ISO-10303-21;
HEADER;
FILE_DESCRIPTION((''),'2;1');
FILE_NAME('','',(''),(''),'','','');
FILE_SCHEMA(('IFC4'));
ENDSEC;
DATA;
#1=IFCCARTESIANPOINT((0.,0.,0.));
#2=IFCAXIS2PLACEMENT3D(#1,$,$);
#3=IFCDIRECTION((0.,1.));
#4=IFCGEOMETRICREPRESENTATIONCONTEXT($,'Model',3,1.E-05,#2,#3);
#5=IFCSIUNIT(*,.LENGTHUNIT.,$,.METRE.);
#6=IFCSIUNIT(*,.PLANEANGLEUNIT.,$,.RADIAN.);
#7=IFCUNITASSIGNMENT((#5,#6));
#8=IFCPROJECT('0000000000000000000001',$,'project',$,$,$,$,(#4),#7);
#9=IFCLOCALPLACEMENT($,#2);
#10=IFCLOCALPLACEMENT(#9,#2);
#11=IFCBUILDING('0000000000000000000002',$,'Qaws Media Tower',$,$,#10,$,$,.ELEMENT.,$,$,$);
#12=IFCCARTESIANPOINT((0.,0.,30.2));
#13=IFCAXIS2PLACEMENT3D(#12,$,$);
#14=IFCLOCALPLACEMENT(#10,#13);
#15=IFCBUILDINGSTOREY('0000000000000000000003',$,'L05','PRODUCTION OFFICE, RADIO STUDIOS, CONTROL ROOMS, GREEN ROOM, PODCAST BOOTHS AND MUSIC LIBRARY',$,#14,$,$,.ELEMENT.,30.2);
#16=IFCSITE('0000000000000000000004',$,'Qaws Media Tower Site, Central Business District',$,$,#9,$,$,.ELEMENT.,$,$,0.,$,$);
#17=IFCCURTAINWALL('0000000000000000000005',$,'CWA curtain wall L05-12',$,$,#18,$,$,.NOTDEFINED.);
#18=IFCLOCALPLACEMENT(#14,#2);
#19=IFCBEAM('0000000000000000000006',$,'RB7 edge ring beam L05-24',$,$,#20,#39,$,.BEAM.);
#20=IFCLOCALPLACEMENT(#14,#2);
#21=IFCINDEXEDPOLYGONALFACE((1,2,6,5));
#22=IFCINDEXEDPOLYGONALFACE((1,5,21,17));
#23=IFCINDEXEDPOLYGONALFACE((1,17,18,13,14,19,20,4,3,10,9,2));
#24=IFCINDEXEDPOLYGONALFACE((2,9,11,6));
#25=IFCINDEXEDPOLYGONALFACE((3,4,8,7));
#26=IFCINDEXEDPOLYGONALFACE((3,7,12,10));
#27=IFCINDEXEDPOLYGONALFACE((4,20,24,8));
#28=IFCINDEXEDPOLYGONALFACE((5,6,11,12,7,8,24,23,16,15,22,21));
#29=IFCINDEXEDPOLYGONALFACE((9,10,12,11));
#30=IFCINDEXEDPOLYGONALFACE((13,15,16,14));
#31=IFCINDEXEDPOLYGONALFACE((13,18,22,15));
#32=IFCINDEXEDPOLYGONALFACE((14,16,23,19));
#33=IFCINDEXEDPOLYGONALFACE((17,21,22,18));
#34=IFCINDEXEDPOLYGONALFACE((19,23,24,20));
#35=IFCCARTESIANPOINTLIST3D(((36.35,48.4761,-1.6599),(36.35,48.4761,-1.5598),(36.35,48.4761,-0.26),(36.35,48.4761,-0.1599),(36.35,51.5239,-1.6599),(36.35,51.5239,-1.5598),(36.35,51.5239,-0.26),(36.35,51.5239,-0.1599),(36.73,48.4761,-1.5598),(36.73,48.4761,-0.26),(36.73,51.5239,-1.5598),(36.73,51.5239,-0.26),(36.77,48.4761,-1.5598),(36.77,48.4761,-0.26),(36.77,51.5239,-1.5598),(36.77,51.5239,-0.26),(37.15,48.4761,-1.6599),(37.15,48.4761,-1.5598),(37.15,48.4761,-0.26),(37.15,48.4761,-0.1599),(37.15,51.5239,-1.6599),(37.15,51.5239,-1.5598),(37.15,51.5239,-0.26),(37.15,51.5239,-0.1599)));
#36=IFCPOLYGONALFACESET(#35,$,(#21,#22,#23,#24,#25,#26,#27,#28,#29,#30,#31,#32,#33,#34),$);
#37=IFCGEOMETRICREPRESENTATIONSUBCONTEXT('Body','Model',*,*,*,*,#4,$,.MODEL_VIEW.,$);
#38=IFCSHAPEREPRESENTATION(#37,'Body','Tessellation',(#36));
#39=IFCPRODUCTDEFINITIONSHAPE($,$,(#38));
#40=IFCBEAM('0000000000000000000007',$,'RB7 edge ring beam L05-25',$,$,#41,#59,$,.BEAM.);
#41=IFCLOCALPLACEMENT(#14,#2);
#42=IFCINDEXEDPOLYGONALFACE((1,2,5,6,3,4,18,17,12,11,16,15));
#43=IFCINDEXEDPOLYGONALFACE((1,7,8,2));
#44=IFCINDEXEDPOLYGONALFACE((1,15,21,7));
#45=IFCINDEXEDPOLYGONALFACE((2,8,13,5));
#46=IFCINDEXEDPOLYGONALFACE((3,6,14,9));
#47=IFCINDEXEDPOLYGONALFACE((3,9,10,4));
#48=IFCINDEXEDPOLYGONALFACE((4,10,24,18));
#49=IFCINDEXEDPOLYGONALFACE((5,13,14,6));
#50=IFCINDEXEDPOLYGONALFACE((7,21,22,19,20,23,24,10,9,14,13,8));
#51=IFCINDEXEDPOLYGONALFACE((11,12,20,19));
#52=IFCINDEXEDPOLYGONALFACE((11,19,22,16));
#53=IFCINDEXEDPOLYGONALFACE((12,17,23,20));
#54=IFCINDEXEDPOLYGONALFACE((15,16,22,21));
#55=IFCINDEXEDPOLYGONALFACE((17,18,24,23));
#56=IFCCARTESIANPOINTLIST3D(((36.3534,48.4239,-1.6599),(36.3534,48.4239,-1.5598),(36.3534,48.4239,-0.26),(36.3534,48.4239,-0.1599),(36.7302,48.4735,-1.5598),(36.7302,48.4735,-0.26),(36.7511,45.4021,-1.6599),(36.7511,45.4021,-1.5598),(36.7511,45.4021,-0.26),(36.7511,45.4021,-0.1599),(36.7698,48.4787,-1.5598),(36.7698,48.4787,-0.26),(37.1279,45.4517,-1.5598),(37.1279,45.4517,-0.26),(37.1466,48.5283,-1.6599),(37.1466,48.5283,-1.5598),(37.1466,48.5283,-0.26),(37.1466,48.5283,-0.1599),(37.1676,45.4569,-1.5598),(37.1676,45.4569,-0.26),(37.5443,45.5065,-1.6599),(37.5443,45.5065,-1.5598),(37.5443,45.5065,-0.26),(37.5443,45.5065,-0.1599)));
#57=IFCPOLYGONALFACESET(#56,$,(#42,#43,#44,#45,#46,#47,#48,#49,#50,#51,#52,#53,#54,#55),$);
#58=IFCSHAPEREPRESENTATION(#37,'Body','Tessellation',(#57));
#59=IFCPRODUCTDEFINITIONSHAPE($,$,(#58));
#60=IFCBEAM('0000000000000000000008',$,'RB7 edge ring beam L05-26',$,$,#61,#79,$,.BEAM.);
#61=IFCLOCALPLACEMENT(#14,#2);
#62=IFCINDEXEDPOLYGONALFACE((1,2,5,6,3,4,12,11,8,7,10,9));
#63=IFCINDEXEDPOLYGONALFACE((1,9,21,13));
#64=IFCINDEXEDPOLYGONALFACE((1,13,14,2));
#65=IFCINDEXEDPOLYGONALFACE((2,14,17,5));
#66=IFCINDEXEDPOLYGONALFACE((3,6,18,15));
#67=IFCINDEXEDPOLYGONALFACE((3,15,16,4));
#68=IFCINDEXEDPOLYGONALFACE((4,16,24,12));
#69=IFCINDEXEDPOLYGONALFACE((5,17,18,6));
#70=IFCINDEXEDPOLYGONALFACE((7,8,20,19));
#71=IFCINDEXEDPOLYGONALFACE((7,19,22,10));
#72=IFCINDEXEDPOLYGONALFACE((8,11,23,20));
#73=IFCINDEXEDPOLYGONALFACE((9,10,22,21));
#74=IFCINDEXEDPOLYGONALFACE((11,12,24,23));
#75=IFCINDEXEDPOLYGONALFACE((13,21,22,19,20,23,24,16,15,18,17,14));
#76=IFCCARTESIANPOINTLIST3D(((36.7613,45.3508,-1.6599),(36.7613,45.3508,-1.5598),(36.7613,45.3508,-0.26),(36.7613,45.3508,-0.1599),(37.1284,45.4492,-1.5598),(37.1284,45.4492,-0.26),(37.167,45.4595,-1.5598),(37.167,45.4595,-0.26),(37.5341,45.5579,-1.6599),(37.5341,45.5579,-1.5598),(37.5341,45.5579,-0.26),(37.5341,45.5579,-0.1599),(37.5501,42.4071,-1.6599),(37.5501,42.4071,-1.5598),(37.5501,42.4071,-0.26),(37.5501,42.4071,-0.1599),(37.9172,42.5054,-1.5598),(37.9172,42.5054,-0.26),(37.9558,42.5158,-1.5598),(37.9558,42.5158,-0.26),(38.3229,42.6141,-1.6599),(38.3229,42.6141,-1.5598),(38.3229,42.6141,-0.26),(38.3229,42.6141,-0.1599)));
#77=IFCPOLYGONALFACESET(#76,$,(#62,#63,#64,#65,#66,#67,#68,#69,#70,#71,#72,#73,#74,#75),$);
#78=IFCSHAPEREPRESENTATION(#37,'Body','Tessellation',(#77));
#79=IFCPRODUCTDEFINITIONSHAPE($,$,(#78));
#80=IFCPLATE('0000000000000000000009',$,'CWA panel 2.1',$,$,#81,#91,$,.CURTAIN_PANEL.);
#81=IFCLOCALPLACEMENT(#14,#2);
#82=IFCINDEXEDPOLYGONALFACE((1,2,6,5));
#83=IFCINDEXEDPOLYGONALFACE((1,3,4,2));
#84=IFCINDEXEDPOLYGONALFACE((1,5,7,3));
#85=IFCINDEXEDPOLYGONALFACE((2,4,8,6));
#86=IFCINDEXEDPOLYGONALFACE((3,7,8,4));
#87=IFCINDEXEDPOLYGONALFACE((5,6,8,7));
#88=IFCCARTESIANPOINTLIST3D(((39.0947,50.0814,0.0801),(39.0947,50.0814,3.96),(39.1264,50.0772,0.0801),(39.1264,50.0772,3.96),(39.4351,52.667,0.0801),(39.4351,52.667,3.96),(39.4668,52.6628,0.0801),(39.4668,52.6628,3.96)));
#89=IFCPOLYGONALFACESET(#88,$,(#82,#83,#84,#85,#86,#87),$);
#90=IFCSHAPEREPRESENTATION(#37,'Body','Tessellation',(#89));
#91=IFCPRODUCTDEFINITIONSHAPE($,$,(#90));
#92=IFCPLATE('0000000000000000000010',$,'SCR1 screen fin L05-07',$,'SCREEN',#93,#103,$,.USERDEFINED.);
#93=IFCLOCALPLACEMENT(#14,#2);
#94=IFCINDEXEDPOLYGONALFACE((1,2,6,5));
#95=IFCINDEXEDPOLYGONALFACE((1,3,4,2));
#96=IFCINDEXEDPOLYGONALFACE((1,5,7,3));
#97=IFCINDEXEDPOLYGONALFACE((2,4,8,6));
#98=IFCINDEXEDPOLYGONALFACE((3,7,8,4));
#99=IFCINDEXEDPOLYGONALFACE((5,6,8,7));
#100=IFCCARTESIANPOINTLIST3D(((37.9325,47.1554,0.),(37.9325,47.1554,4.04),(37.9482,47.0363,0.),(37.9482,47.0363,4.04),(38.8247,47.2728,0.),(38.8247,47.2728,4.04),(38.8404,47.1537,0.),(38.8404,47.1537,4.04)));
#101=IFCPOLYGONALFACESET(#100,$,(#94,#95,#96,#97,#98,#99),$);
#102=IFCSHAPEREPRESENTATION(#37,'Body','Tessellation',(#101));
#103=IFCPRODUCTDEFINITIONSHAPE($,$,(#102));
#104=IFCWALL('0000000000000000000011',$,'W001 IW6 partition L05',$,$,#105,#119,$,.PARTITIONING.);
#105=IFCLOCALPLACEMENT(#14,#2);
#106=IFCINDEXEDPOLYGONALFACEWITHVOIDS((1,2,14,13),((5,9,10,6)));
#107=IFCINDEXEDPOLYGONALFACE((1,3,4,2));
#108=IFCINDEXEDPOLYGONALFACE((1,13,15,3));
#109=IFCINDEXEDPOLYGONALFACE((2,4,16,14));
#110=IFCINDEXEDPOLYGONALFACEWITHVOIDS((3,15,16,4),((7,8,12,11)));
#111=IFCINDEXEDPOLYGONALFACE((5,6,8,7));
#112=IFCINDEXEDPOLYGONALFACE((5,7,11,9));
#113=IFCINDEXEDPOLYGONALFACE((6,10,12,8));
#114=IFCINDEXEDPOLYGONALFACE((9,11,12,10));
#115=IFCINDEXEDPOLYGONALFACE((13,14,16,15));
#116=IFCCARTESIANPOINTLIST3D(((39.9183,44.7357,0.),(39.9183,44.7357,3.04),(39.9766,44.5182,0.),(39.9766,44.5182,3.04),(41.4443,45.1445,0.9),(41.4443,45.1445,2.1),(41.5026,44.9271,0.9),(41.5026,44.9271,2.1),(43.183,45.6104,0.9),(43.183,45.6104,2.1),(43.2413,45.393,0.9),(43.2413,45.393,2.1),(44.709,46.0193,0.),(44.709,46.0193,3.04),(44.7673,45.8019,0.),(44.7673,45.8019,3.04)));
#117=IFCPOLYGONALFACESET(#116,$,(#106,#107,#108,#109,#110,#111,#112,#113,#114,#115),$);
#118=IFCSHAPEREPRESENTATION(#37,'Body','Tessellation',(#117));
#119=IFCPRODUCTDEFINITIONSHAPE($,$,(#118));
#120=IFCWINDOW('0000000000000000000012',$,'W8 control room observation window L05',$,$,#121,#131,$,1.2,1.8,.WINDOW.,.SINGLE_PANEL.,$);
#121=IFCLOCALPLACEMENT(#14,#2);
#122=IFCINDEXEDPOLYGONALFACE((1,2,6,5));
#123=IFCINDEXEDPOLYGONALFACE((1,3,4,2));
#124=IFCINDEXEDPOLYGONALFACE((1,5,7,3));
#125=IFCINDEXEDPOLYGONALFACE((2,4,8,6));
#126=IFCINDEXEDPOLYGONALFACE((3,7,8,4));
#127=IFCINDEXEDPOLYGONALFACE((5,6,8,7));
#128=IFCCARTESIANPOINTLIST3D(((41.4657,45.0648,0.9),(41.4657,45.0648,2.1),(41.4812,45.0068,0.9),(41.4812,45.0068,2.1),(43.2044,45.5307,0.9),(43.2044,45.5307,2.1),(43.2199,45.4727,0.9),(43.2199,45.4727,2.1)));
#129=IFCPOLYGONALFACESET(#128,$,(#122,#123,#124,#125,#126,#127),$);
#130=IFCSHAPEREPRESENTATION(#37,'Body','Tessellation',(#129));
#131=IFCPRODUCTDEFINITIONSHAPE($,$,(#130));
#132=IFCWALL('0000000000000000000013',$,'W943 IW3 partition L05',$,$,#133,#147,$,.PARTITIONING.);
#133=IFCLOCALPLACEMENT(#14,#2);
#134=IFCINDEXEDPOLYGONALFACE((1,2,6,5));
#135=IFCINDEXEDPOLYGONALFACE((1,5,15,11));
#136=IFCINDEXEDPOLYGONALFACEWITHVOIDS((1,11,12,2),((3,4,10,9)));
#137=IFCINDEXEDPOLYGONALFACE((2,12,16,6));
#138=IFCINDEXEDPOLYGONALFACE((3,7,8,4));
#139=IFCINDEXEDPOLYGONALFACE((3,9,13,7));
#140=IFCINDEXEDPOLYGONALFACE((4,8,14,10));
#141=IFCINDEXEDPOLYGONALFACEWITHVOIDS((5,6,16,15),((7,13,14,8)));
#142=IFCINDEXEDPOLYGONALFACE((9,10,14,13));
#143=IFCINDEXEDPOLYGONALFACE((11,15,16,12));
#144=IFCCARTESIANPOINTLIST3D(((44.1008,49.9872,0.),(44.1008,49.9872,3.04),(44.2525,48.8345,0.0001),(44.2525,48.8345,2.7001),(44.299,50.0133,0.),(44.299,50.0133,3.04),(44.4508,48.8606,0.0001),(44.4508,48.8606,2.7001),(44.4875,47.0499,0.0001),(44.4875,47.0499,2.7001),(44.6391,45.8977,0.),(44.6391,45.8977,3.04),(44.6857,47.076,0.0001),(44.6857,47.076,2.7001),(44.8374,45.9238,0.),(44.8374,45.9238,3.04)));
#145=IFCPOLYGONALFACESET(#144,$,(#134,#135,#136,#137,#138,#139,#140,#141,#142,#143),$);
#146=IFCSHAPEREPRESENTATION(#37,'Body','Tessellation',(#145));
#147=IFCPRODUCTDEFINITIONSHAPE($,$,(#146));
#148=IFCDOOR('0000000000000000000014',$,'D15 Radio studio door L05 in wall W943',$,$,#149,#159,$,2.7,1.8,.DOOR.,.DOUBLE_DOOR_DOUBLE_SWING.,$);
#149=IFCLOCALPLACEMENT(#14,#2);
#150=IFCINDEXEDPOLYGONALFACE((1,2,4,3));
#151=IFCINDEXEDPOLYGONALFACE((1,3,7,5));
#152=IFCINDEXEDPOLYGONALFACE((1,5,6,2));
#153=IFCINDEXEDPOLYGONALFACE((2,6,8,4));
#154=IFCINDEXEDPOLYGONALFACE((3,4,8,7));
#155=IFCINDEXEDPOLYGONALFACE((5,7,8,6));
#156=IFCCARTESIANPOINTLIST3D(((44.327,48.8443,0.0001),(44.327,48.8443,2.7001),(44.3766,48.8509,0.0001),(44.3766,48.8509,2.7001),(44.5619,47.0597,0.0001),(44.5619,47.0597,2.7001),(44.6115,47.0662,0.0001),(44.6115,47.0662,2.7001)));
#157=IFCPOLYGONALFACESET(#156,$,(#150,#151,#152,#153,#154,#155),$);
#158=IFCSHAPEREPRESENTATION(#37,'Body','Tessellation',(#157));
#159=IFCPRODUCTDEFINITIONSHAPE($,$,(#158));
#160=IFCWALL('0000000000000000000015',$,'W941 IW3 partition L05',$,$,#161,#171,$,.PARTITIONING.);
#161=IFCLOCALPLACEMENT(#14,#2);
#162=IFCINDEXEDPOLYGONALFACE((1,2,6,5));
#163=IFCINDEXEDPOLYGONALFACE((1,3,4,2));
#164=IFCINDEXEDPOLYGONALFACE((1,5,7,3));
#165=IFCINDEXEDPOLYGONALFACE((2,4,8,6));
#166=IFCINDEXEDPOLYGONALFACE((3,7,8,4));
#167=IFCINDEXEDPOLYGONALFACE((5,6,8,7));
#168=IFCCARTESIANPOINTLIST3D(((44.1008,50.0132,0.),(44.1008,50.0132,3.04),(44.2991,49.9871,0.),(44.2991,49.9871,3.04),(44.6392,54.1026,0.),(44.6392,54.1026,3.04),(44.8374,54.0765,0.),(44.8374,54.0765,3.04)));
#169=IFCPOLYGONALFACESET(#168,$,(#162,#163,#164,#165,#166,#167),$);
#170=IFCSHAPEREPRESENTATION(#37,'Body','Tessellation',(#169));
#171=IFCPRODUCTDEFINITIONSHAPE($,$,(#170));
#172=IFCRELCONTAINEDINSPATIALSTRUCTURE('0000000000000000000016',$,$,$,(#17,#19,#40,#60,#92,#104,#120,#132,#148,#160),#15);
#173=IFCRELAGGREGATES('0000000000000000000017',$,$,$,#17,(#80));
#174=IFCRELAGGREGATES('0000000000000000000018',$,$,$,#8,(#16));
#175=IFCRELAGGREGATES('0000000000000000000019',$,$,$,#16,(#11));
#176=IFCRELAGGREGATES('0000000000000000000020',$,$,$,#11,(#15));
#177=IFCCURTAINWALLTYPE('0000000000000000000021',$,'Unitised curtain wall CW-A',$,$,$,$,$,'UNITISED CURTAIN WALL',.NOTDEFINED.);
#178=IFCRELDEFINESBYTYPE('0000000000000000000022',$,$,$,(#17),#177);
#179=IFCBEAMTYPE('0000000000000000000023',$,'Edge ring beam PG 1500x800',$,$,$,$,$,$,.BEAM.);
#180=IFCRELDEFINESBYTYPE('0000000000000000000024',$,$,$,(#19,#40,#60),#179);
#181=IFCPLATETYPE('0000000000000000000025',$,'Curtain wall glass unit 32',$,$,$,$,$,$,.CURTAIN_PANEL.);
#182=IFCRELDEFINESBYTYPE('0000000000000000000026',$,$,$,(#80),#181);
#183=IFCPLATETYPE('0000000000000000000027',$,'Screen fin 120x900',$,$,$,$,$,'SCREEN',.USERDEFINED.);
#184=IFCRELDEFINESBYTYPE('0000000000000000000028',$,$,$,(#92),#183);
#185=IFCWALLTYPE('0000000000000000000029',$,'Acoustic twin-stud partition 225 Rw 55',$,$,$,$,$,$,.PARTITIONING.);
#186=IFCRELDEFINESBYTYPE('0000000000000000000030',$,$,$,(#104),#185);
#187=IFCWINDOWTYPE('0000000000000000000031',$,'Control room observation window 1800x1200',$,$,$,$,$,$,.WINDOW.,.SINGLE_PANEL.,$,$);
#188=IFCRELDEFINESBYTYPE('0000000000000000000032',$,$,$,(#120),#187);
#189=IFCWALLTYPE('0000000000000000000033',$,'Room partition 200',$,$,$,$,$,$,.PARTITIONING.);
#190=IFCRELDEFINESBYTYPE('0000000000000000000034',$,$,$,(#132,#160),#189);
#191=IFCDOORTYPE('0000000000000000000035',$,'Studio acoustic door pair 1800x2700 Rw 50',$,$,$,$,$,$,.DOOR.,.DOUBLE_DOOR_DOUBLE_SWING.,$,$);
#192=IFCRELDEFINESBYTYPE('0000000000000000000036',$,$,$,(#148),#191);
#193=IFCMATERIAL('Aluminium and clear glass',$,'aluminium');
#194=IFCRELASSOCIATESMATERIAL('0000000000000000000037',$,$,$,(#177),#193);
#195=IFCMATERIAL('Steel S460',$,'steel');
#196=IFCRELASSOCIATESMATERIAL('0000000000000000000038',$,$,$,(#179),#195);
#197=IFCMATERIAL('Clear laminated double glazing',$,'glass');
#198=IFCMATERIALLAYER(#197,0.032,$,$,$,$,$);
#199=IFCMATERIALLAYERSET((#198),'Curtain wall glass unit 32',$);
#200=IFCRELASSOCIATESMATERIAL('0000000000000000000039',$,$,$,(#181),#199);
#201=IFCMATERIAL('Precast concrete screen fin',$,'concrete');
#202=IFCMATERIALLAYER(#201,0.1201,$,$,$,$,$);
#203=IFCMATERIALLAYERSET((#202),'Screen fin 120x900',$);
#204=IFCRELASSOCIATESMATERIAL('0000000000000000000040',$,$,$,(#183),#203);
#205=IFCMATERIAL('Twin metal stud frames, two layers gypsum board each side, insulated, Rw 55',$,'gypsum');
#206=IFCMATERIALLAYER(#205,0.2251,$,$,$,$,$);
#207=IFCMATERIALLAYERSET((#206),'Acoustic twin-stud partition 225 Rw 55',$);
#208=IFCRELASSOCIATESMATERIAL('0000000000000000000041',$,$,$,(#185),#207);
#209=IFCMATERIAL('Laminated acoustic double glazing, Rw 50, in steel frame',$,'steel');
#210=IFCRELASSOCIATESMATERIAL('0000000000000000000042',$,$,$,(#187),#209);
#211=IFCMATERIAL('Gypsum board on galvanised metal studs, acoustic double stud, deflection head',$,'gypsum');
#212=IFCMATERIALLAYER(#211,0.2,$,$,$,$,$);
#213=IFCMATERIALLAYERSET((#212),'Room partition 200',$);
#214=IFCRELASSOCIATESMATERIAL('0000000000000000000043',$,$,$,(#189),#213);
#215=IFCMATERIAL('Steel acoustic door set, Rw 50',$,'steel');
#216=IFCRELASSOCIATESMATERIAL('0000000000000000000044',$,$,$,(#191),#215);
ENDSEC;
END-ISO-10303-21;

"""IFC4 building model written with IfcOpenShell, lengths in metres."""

from ifc_helpers import new_model, si_unit, direction, frame, frame_2d, origin, origin_2d, place, context, subcontext, project, spatial, rectangle, i_section, extrude, material, layer, layer_set, material_profile, profile_set, type_object, element, fill, aggregate, save


model = new_model("IFC4")

# Units and contexts
model_context = context("Model", 3, precision=1e-05, world=origin(), true_north=direction((0.0, 1.0)))
body_context = subcontext(model_context, "Body", "Model", "MODEL_VIEW")
ifc_project = project(units=[si_unit("LENGTHUNIT", "METRE"), si_unit("PLANEANGLEUNIT", "RADIAN")], contexts=[model_context])

# Site, building, storey
site_placement = place(None, origin())
site = spatial("IfcSite", under=ifc_project, at=site_placement, Name="Qaws Media Tower Site, Central Business District", CompositionType="ELEMENT", RefElevation=0.0)
building_placement = place(site_placement, origin())
building = spatial("IfcBuilding", under=site, at=building_placement, Name="Qaws Media Tower", CompositionType="ELEMENT")
storey_placement = place(building_placement, frame((0.0, 0.0, 30.2)))
storey = spatial("IfcBuildingStorey", under=building, at=storey_placement, Name="L05", Description="PRODUCTION OFFICE, RADIO STUDIOS, CONTROL ROOMS, GREEN ROOM, PODCAST BOOTHS AND MUSIC LIBRARY", CompositionType="ELEMENT", Elevation=30.2)

# Curtain wall
ifc_material_1 = material(Name="Aluminium and clear glass", Category="aluminium")
curtain_wall_type = type_object("IfcCurtainWallType", Name="Unitised curtain wall CW-A", ElementType="UNITISED CURTAIN WALL", PredefinedType="NOTDEFINED", material=ifc_material_1)
curtain_wall_1_placement = place(storey_placement, origin())
curtain_wall_1 = element("IfcCurtainWall", 1, at=curtain_wall_1_placement, inside=storey, type_object=curtain_wall_type, Name="CWA curtain wall L05-12", PredefinedType="NOTDEFINED")

# Beams
ifc_material_2 = material(Name="Steel S460", Category="steel")
ifc_material_profile_1 = material_profile(ifc_material_2, i_section(OverallWidth=0.8, OverallDepth=1.5, WebThickness=0.04, FlangeThickness=0.1001, at=origin_2d()), Name="PG 1500x800")
ifc_profile_set_1 = profile_set([ifc_material_profile_1], Name="Steel S460")
beam_type = type_object("IfcBeamType", Name="Edge ring beam PG 1500x800", PredefinedType="BEAM", material=ifc_profile_set_1)
for number, where, z_axis, x_axis, name in (
    (2, (36.75, 51.5239, -0.9099), (0.0, -1.0, 0.0), (1.0, 0.0, 0.0), "RB7 edge ring beam L05-24"),
    (3, (36.75, 48.4761, -0.9099), (0.13049, -0.99145, 0.0), (0.99145, 0.13049, 0.0), "RB7 edge ring beam L05-25"),
):
    element("IfcBeam", number, at=place(storey_placement, frame(where, z_axis=z_axis, x_axis=x_axis)), inside=storey, type_object=beam_type, Name=name, PredefinedType="BEAM", context=body_context, shape_type="SweptSolid", body=[
        extrude(i_section(OverallWidth=0.8, OverallDepth=1.5, WebThickness=0.04, FlangeThickness=0.1001, at=origin_2d()), origin(), (0.0, 0.0, 1.0), 3.0479),
    ])
beam_placement = place(storey_placement, frame((37.1477, 45.4543, -0.9099), z_axis=(0.258824, -0.965924, 0.0), x_axis=(0.965924, 0.258824, 0.0)))
element("IfcBeam", 4, at=beam_placement, inside=storey, type_object=beam_type, Name="RB7 edge ring beam L05-26", PredefinedType="BEAM", context=body_context, shape_type="SweptSolid", body=[
    extrude(i_section(OverallWidth=0.8, OverallDepth=1.5, WebThickness=0.04, FlangeThickness=0.1001, at=origin_2d()), origin(), (0.0, 0.0, 1.0), 3.0476),
])

# Plates
ifc_material_3 = material(Name="Clear laminated double glazing", Category="glass")
ifc_layer_1 = layer(ifc_material_3, 0.032)
ifc_layer_set_1 = layer_set([ifc_layer_1], Name="Curtain wall glass unit 32")
plate_type_1 = type_object("IfcPlateType", Name="Curtain wall glass unit 32", PredefinedType="CURTAIN_PANEL", material=ifc_layer_set_1)
plate_1_placement = place(storey_placement, frame((39.2808, 51.3721, 0.0801), z_axis=(0.0, 0.0, 1.0), x_axis=(-0.130526, -0.991445, 0.0)))
plate_1 = element("IfcPlate", 5, at=plate_1_placement, type_object=plate_type_1, Name="CWA panel 2.1", PredefinedType="CURTAIN_PANEL", context=body_context, shape_type="SweptSolid", body=[
    extrude(rectangle(XDim=2.6079, YDim=0.032, at=origin_2d()), origin(), (0.0, 0.0, 1.0), 3.8799),
])
aggregate(curtain_wall_1, [plate_1])
ifc_material_4 = material(Name="Precast concrete screen fin", Category="concrete")
ifc_layer_2 = layer(ifc_material_4, 0.1201)
ifc_layer_set_2 = layer_set([ifc_layer_2], Name="Screen fin 120x900")
plate_type_2 = type_object("IfcPlateType", Name="Screen fin 120x900", ElementType="SCREEN", PredefinedType="USERDEFINED", material=ifc_layer_set_2)
plate_2_placement = place(storey_placement, frame((38.3865, 47.1545, 0.0), z_axis=(0.0, 0.0, 1.0), x_axis=(-0.991445, -0.130526, 0.0)))
element("IfcPlate", 6, at=plate_2_placement, inside=storey, type_object=plate_type_2, Name="SCR1 screen fin L05-07", ObjectType="SCREEN", PredefinedType="USERDEFINED", context=body_context, shape_type="SweptSolid", body=[
    extrude(rectangle(XDim=0.8999, YDim=0.1201, at=origin_2d()), origin(), (0.0, 0.0, 1.0), 4.04),
])

# Wall, opening, window
ifc_material_5 = material(Name="Twin metal stud frames, two layers gypsum board each side, insulated, Rw 55", Category="gypsum")
ifc_layer_3 = layer(ifc_material_5, 0.2251)
ifc_layer_set_3 = layer_set([ifc_layer_3], Name="Acoustic twin-stud partition 225 Rw 55")
wall_type_1 = type_object("IfcWallType", Name="Acoustic twin-stud partition 225 Rw 55", PredefinedType="PARTITIONING", material=ifc_layer_set_3)
wall_1_placement = place(storey_placement, frame((44.7383, 45.9106, 0.0), z_axis=(0.0, 0.0, 1.0), x_axis=(-0.965925, -0.258821, 0.0)))
wall_1 = element("IfcWall", 7, at=wall_1_placement, inside=storey, type_object=wall_type_1, Name="W001 IW6 partition L05", PredefinedType="PARTITIONING", context=body_context, shape_type="SweptSolid", body=[
    extrude(rectangle(XDim=4.9597, YDim=0.2251, at=frame_2d((2.48, 0.0))), origin(), (0.0, 0.0, 1.0), 3.04),
])
opening_1_placement = place(wall_1_placement, frame((1.5801, 0.0, 0.8999)))
opening_1 = element("IfcOpeningElement", 8, at=opening_1_placement, cuts=wall_1, PredefinedType="OPENING", context=body_context, shape_type="SweptSolid", body=[
    extrude(rectangle(XDim=1.8, YDim=1.2, at=frame_2d((0.8999, 0.6001))), frame((0.0, 0.1226, 0.0), z_axis=(0.0, -1.0, 0.0), x_axis=(1.0, 0.0, 0.0)), (0.0, 0.0, 1.0), 0.2451),
])
ifc_material_6 = material(Name="Laminated acoustic double glazing, Rw 50, in steel frame", Category="steel")
window_type_1 = type_object("IfcWindowType", Name="Control room observation window 1800x1200", PartitioningType="SINGLE_PANEL", PredefinedType="WINDOW", material=ifc_material_6)
window_1_placement = place(opening_1_placement, origin())
window_1 = element("IfcWindow", 9, at=window_1_placement, inside=storey, type_object=window_type_1, Name="W8 control room observation window L05", OverallHeight=1.2, OverallWidth=1.8, PartitioningType="SINGLE_PANEL", PredefinedType="WINDOW", context=body_context, shape_type="SweptSolid", body=[
    extrude(rectangle(XDim=1.8, YDim=1.2, at=frame_2d((0.8999, 0.6001))), frame((0.0, 0.03, 0.0), z_axis=(0.0, -1.0, 0.0), x_axis=(1.0, 0.0, 0.0)), (0.0, 0.0, 1.0), 0.0601),
])
fill(opening_1, window_1)

# Wall, opening, door
ifc_material_7 = material(Name="Gypsum board on galvanised metal studs, acoustic double stud, deflection head", Category="gypsum")
ifc_layer_4 = layer(ifc_material_7, 0.2)
ifc_layer_set_4 = layer_set([ifc_layer_4], Name="Room partition 200")
wall_type_2 = type_object("IfcWallType", Name="Room partition 200", PredefinedType="PARTITIONING", material=ifc_layer_set_4)
wall_2_placement = place(storey_placement, frame((44.7383, 45.9106, 0.0), z_axis=(0.0, 0.0, 1.0), x_axis=(-0.130516, 0.991446, 0.0)))
wall_2 = element("IfcWall", 10, at=wall_2_placement, inside=storey, type_object=wall_type_2, Name="W943 IW3 partition L05", PredefinedType="PARTITIONING", context=body_context, shape_type="SweptSolid", body=[
    extrude(rectangle(XDim=4.1248, YDim=0.2, at=frame_2d((2.0625, 0.0))), origin(), (0.0, 0.0, 1.0), 3.04),
])
opening_2_placement = place(wall_2_placement, frame((1.1624, 0.0, 0.0)))
opening_2 = element("IfcOpeningElement", 11, at=opening_2_placement, cuts=wall_2, PredefinedType="OPENING", context=body_context, shape_type="SweptSolid", body=[
    extrude(rectangle(XDim=1.8, YDim=2.7, at=frame_2d((0.8999, 1.3501))), frame((0.0, 0.1099, 0.0), z_axis=(0.0, -1.0, 0.0), x_axis=(1.0, 0.0, 0.0)), (0.0, 0.0, 1.0), 0.22),
])
ifc_material_8 = material(Name="Steel acoustic door set, Rw 50", Category="steel")
door_type_1 = type_object("IfcDoorType", Name="Studio acoustic door pair 1800x2700 Rw 50", OperationType="DOUBLE_DOOR_DOUBLE_SWING", PredefinedType="DOOR", material=ifc_material_8)
door_1_placement = place(opening_2_placement, origin())
door_1 = element("IfcDoor", 12, at=door_1_placement, inside=storey, type_object=door_type_1, Name="D15 Radio studio door L05 in wall W943", OperationType="DOUBLE_DOOR_DOUBLE_SWING", OverallHeight=2.7, OverallWidth=1.8, PredefinedType="DOOR", context=body_context, shape_type="SweptSolid", body=[
    extrude(rectangle(XDim=1.8, YDim=2.7, at=frame_2d((0.8999, 1.3501))), frame((0.0, 0.0249, 0.0), z_axis=(0.0, -1.0, 0.0), x_axis=(1.0, 0.0, 0.0)), (0.0, 0.0, 1.0), 0.05),
])
fill(opening_2, door_1)

# Wall
wall_3_placement = place(storey_placement, frame((44.2, 50.0, 0.0), z_axis=(0.0, 0.0, 1.0), x_axis=(0.130516, 0.991446, 0.0)))
element("IfcWall", 13, at=wall_3_placement, inside=storey, type_object=wall_type_2, Name="W941 IW3 partition L05", PredefinedType="PARTITIONING", context=body_context, shape_type="SweptSolid", body=[
    extrude(rectangle(XDim=4.1248, YDim=0.2, at=frame_2d((2.0625, 0.0))), origin(), (0.0, 0.0, 1.0), 3.04),
])

save(model, "model.ifc")
